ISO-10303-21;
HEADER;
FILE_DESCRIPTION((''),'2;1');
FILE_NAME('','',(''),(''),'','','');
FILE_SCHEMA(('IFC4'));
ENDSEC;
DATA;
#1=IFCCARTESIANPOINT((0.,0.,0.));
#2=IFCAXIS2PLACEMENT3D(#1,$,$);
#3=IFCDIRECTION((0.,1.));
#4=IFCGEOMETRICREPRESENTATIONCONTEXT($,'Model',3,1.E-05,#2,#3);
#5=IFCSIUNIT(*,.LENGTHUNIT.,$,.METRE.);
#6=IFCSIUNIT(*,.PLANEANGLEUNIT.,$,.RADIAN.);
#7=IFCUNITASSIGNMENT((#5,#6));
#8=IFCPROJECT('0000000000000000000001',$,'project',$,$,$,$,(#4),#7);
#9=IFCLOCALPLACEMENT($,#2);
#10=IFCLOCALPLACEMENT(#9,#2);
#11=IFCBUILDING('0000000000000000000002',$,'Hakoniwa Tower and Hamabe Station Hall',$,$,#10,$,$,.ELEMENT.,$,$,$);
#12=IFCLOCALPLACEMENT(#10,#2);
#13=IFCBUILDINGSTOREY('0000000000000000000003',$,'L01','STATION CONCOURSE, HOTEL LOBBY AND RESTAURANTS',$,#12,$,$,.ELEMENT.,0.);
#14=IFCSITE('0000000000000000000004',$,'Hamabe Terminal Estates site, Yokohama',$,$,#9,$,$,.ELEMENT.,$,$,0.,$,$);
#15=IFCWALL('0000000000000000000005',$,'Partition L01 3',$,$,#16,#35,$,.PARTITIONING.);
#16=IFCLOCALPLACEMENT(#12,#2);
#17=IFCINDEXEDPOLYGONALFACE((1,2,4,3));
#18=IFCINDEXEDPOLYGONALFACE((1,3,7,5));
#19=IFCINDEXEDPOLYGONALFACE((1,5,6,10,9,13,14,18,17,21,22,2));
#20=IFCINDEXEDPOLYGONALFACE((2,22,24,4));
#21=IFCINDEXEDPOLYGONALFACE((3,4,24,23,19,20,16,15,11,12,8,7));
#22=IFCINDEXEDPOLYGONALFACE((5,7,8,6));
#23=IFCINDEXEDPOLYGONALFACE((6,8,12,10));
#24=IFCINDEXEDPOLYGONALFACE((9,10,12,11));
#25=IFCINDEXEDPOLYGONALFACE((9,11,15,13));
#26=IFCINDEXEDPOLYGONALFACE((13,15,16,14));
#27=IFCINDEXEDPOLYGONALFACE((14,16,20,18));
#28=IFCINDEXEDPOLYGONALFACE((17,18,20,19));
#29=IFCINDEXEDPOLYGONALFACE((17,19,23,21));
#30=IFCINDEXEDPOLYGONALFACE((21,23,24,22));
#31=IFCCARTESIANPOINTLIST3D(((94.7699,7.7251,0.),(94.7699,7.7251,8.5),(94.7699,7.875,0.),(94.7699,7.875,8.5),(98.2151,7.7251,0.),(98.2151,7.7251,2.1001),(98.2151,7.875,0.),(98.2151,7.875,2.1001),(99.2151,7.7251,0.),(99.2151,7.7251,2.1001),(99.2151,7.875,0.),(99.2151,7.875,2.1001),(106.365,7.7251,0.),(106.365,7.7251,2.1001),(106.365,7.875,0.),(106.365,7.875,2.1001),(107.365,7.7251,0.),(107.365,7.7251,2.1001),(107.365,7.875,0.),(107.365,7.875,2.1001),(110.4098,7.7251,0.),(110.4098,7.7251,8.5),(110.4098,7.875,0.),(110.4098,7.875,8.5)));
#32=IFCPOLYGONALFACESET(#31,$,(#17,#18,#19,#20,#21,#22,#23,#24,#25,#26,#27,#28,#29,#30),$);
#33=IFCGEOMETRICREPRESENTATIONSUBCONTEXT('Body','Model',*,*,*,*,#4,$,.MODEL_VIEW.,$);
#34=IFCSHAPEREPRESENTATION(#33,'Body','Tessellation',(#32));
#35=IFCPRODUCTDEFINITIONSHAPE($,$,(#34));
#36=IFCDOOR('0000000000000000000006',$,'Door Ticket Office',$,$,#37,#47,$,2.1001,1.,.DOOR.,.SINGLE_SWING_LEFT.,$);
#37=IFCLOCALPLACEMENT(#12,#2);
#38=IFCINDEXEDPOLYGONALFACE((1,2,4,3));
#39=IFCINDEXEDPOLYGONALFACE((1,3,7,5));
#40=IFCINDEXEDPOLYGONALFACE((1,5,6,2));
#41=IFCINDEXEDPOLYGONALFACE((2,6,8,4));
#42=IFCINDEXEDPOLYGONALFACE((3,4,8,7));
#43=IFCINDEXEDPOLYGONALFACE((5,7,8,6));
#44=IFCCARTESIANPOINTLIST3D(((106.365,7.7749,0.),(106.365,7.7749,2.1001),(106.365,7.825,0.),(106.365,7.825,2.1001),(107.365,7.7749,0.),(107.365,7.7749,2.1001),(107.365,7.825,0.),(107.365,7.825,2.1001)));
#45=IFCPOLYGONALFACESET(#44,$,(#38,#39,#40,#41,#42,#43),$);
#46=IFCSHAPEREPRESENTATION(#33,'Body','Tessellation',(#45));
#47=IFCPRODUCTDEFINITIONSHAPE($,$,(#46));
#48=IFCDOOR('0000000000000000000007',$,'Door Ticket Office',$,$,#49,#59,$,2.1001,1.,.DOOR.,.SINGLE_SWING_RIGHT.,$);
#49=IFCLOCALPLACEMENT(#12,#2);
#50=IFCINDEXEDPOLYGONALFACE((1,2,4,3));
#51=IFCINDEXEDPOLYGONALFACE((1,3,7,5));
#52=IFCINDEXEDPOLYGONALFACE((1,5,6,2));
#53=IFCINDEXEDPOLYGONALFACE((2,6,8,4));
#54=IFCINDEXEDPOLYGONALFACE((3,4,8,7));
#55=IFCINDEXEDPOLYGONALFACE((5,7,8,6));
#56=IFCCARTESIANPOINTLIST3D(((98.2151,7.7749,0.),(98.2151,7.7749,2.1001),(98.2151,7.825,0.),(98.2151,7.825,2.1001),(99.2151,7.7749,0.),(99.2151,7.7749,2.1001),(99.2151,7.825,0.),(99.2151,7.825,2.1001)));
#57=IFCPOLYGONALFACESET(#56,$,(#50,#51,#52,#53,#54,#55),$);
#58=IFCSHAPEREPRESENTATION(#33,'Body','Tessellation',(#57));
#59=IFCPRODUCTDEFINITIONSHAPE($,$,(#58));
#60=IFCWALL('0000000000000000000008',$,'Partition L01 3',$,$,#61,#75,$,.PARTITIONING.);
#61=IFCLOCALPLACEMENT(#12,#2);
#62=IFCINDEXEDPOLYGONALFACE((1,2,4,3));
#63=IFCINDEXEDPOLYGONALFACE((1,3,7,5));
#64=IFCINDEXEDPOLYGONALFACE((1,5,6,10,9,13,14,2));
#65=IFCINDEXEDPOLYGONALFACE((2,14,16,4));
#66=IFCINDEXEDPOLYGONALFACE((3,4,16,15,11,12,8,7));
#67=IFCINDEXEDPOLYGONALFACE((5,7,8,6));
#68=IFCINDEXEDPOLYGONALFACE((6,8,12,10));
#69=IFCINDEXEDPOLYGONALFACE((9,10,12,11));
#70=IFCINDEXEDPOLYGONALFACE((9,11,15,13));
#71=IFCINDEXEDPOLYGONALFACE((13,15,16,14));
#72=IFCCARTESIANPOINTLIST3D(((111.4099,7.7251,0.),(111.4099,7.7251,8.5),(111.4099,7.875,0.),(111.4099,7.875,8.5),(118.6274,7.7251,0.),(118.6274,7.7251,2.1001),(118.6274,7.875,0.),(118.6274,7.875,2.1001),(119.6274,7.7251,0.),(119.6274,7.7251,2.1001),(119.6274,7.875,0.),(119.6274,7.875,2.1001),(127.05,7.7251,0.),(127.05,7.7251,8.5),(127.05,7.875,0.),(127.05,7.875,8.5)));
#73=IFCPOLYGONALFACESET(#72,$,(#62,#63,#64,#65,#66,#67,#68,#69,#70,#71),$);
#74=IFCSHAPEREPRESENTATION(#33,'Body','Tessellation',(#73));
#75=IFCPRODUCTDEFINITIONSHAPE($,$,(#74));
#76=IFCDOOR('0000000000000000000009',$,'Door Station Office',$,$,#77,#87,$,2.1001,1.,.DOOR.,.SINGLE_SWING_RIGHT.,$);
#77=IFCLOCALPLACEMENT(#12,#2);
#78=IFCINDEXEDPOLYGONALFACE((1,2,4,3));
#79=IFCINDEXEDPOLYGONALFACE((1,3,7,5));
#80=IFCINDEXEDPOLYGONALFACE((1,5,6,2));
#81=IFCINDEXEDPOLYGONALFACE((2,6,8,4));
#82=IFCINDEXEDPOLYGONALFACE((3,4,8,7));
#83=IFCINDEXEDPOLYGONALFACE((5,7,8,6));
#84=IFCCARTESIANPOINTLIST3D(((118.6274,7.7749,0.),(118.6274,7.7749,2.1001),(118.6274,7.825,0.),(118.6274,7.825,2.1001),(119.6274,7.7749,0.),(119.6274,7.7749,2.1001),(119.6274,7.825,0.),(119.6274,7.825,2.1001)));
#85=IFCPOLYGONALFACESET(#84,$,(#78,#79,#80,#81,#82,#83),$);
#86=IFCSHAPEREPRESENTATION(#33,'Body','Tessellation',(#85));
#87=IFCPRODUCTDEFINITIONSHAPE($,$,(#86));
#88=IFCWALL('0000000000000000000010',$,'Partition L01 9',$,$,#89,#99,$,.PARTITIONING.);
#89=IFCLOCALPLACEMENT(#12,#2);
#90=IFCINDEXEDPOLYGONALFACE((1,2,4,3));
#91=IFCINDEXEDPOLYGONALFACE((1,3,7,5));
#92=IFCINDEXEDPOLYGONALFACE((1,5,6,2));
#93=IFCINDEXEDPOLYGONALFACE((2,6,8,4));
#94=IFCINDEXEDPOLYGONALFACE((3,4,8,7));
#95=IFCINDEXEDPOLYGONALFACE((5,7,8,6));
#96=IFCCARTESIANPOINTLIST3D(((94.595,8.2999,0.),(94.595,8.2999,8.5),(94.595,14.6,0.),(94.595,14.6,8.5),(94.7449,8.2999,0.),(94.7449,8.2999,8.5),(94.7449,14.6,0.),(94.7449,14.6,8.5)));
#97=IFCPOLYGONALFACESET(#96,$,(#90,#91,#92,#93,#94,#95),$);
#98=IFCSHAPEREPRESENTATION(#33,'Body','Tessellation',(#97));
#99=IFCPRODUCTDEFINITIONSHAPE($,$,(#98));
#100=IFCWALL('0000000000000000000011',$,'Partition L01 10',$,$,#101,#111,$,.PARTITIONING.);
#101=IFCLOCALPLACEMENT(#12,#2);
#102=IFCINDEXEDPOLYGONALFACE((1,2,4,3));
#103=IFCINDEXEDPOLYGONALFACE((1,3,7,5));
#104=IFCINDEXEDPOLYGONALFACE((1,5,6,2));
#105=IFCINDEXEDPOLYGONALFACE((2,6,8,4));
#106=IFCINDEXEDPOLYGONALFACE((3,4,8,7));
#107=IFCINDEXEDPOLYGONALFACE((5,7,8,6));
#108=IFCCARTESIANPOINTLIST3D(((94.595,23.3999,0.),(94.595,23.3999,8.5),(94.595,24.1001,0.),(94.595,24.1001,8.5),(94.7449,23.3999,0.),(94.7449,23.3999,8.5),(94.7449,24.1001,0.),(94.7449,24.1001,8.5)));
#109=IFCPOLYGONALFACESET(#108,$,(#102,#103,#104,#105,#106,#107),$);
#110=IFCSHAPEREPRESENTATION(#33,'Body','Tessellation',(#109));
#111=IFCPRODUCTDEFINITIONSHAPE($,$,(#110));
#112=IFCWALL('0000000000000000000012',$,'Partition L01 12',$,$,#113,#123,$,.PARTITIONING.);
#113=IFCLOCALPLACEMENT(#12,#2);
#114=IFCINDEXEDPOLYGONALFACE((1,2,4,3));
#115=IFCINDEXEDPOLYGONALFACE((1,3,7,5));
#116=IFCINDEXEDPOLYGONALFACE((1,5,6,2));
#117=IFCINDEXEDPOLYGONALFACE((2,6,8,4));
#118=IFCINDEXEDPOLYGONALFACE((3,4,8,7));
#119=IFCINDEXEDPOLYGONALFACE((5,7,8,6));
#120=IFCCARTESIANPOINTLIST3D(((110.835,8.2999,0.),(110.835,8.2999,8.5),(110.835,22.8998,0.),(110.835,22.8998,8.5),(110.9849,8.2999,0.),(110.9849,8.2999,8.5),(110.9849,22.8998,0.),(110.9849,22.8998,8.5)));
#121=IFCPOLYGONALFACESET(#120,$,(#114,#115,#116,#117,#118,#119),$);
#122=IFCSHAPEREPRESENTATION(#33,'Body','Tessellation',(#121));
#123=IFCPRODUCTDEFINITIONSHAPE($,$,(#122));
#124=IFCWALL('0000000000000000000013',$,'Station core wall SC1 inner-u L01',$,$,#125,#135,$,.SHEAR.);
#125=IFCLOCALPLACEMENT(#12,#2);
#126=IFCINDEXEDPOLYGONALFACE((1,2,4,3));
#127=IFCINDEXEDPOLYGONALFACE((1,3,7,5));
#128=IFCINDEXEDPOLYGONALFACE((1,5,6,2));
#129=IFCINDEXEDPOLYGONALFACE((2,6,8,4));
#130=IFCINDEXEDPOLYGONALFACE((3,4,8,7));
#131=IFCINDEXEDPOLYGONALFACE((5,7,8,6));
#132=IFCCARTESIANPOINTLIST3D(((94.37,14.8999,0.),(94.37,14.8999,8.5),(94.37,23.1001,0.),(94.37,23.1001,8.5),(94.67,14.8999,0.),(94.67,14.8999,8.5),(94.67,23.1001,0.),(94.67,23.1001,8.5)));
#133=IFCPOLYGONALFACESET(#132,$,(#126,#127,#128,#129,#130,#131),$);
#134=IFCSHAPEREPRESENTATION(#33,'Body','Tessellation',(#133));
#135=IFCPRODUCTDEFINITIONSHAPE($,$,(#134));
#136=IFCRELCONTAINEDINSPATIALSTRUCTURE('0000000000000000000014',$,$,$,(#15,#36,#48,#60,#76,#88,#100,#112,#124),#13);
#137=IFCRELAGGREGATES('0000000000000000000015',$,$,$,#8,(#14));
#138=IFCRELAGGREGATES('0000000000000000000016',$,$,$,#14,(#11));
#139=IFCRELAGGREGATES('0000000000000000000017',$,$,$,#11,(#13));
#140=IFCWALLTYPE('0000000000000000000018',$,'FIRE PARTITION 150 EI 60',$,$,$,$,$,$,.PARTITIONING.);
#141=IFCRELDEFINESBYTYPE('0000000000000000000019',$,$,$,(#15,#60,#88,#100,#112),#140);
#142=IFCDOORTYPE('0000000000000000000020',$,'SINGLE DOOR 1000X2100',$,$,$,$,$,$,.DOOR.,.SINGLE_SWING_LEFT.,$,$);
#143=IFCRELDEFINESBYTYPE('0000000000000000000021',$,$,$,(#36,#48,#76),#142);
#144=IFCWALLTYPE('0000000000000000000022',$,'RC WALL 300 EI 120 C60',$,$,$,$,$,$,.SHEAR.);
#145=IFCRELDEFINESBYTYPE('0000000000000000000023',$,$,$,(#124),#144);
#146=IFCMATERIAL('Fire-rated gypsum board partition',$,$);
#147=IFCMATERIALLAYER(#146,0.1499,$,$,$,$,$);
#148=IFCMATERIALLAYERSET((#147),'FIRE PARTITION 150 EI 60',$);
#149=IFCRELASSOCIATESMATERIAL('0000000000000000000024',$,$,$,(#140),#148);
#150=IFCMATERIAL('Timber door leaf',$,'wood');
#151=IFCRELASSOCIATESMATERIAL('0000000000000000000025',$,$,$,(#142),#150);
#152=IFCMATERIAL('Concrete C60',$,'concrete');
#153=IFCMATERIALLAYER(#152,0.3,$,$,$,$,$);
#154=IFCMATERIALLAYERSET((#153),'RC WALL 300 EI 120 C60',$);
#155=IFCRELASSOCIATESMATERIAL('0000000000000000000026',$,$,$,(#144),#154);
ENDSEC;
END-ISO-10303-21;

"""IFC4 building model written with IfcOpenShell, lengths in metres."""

from ifc_helpers import new_model, si_unit, direction, frame, frame_2d, origin, place, context, subcontext, project, spatial, rectangle, extrude, material, layer, layer_set, type_object, element, fill, save


model = new_model("IFC4")

# Units and contexts
model_context = context("Model", 3, precision=1e-05, world=origin(), true_north=direction((0.0, 1.0)))
body_context = subcontext(model_context, "Body", "Model", "MODEL_VIEW")
ifc_project = project(units=[si_unit("LENGTHUNIT", "METRE"), si_unit("PLANEANGLEUNIT", "RADIAN")], contexts=[model_context])

# Site, building, storey
site_placement = place(None, origin())
site = spatial("IfcSite", under=ifc_project, at=site_placement, Name="Hamabe Terminal Estates site, Yokohama", CompositionType="ELEMENT", RefElevation=0.0)
building_placement = place(site_placement, origin())
building = spatial("IfcBuilding", under=site, at=building_placement, Name="Hakoniwa Tower and Hamabe Station Hall", CompositionType="ELEMENT")
storey_placement = place(building_placement, origin())
storey = spatial("IfcBuildingStorey", under=building, at=storey_placement, Name="L01", Description="STATION CONCOURSE, HOTEL LOBBY AND RESTAURANTS", CompositionType="ELEMENT", Elevation=0.0)

# Wall, openings, doors
ifc_material_1 = material(Name="Fire-rated gypsum board partition")
ifc_layer_1 = layer(ifc_material_1, 0.1499)
ifc_layer_set_1 = layer_set([ifc_layer_1], Name="FIRE PARTITION 150 EI 60")
wall_type_1 = type_object("IfcWallType", Name="FIRE PARTITION 150 EI 60", PredefinedType="PARTITIONING", material=ifc_layer_set_1)
wall_1_placement = place(storey_placement, frame((94.77, 7.8, 0.0), z_axis=(0.0, 0.0, 1.0), x_axis=(1.0, 0.0, 0.0)))
wall_1 = element("IfcWall", 1, at=wall_1_placement, inside=storey, type_object=wall_type_1, Name="Partition L01 3", PredefinedType="PARTITIONING", context=body_context, shape_type="SweptSolid", body=[
    extrude(rectangle(XDim=15.6399, YDim=0.1499, at=frame_2d((7.8198, 0.0))), origin(), (0.0, 0.0, 1.0), 8.5),
])
opening_1_placement = place(wall_1_placement, frame((11.595, 0.0, 0.0)))
opening_1 = element("IfcOpeningElement", 2, at=opening_1_placement, cuts=wall_1, PredefinedType="OPENING", context=body_context, shape_type="SweptSolid", body=[
    extrude(rectangle(XDim=1.0, YDim=2.1001, at=frame_2d((0.5, 1.05))), frame((0.0, 0.085, 0.0), z_axis=(0.0, -1.0, 0.0), x_axis=(1.0, 0.0, 0.0)), (0.0, 0.0, 1.0), 0.1699),
])
opening_2_placement = place(wall_1_placement, frame((3.4451, 0.0, 0.0)))
opening_2 = element("IfcOpeningElement", 3, at=opening_2_placement, cuts=wall_1, PredefinedType="OPENING", context=body_context, shape_type="SweptSolid", body=[
    extrude(rectangle(XDim=1.0, YDim=2.1001, at=frame_2d((0.5, 1.05))), frame((0.0, 0.085, 0.0), z_axis=(0.0, -1.0, 0.0), x_axis=(1.0, 0.0, 0.0)), (0.0, 0.0, 1.0), 0.1699),
])
ifc_material_2 = material(Name="Timber door leaf", Category="wood")
door_type = type_object("IfcDoorType", Name="SINGLE DOOR 1000X2100", OperationType="SINGLE_SWING_LEFT", PredefinedType="DOOR", material=ifc_material_2)
door_1_placement = place(opening_1_placement, origin())
door_1 = element("IfcDoor", 4, at=door_1_placement, inside=storey, type_object=door_type, Name="Door Ticket Office", OperationType="SINGLE_SWING_LEFT", OverallHeight=2.1001, OverallWidth=1.0, PredefinedType="DOOR", context=body_context, shape_type="SweptSolid", body=[
    extrude(rectangle(XDim=1.0, YDim=2.1001, at=frame_2d((0.5, 1.05))), frame((0.0, 0.0249, 0.0), z_axis=(0.0, -1.0, 0.0), x_axis=(1.0, 0.0, 0.0)), (0.0, 0.0, 1.0), 0.05),
])
fill(opening_1, door_1)
door_2_placement = place(opening_2_placement, origin())
door_2 = element("IfcDoor", 5, at=door_2_placement, inside=storey, type_object=door_type, Name="Door Ticket Office", OperationType="SINGLE_SWING_RIGHT", OverallHeight=2.1001, OverallWidth=1.0, PredefinedType="DOOR", context=body_context, shape_type="SweptSolid", body=[
    extrude(rectangle(XDim=1.0, YDim=2.1001, at=frame_2d((0.5, 1.05))), frame((0.0, 0.0249, 0.0), z_axis=(0.0, -1.0, 0.0), x_axis=(1.0, 0.0, 0.0)), (0.0, 0.0, 1.0), 0.05),
])
fill(opening_2, door_2)

# Wall, opening, door
wall_2_placement = place(storey_placement, frame((111.4099, 7.8, 0.0), z_axis=(0.0, 0.0, 1.0), x_axis=(1.0, 0.0, 0.0)))
wall_2 = element("IfcWall", 6, at=wall_2_placement, inside=storey, type_object=wall_type_1, Name="Partition L01 3", PredefinedType="PARTITIONING", context=body_context, shape_type="SweptSolid", body=[
    extrude(rectangle(XDim=15.6401, YDim=0.1499, at=frame_2d((7.8201, 0.0))), origin(), (0.0, 0.0, 1.0), 8.5),
])
opening_3_placement = place(wall_2_placement, frame((7.2175, 0.0, 0.0)))
opening_3 = element("IfcOpeningElement", 7, at=opening_3_placement, cuts=wall_2, PredefinedType="OPENING", context=body_context, shape_type="SweptSolid", body=[
    extrude(rectangle(XDim=1.0, YDim=2.1001, at=frame_2d((0.5, 1.05))), frame((0.0, 0.085, 0.0), z_axis=(0.0, -1.0, 0.0), x_axis=(1.0, 0.0, 0.0)), (0.0, 0.0, 1.0), 0.1699),
])
door_3_placement = place(opening_3_placement, origin())
door_3 = element("IfcDoor", 8, at=door_3_placement, inside=storey, type_object=door_type, Name="Door Station Office", OperationType="SINGLE_SWING_RIGHT", OverallHeight=2.1001, OverallWidth=1.0, PredefinedType="DOOR", context=body_context, shape_type="SweptSolid", body=[
    extrude(rectangle(XDim=1.0, YDim=2.1001, at=frame_2d((0.5, 1.05))), frame((0.0, 0.0249, 0.0), z_axis=(0.0, -1.0, 0.0), x_axis=(1.0, 0.0, 0.0)), (0.0, 0.0, 1.0), 0.05),
])
fill(opening_3, door_3)

# Walls
wall_3_placement = place(storey_placement, frame((94.6699, 8.3, 0.0), z_axis=(0.0, 0.0, 1.0), x_axis=(0.0, 1.0, 0.0)))
element("IfcWall", 9, at=wall_3_placement, inside=storey, type_object=wall_type_1, Name="Partition L01 9", PredefinedType="PARTITIONING", context=body_context, shape_type="SweptSolid", body=[
    extrude(rectangle(XDim=6.3, YDim=0.1499, at=frame_2d((3.1499, 0.0))), origin(), (0.0, 0.0, 1.0), 8.5),
])
wall_4_placement = place(storey_placement, frame((94.6699, 23.3999, 0.0), z_axis=(0.0, 0.0, 1.0), x_axis=(0.0, 1.0, 0.0)))
element("IfcWall", 10, at=wall_4_placement, inside=storey, type_object=wall_type_1, Name="Partition L01 10", PredefinedType="PARTITIONING", context=body_context, shape_type="SweptSolid", body=[
    extrude(rectangle(XDim=0.7002, YDim=0.1499, at=frame_2d((0.3501, 0.0))), origin(), (0.0, 0.0, 1.0), 8.5),
])
wall_5_placement = place(storey_placement, frame((110.9099, 8.3, 0.0), z_axis=(0.0, 0.0, 1.0), x_axis=(0.0, 1.0, 0.0)))
element("IfcWall", 11, at=wall_5_placement, inside=storey, type_object=wall_type_1, Name="Partition L01 12", PredefinedType="PARTITIONING", context=body_context, shape_type="SweptSolid", body=[
    extrude(rectangle(XDim=14.5999, YDim=0.1499, at=frame_2d((7.2998, 0.0))), origin(), (0.0, 0.0, 1.0), 8.5),
])
ifc_material_3 = material(Name="Concrete C60", Category="concrete")
ifc_layer_2 = layer(ifc_material_3, 0.3)
ifc_layer_set_2 = layer_set([ifc_layer_2], Name="RC WALL 300 EI 120 C60")
wall_type_2 = type_object("IfcWallType", Name="RC WALL 300 EI 120 C60", PredefinedType="SHEAR", material=ifc_layer_set_2)
wall_6_placement = place(storey_placement, frame((94.52, 23.1001, 0.0), z_axis=(0.0, 0.0, 1.0), x_axis=(0.0, -1.0, 0.0)))
element("IfcWall", 12, at=wall_6_placement, inside=storey, type_object=wall_type_2, Name="Station core wall SC1 inner-u L01", PredefinedType="SHEAR", context=body_context, shape_type="SweptSolid", body=[
    extrude(rectangle(XDim=8.2002, YDim=0.3, at=frame_2d((4.1001, 0.0))), origin(), (0.0, 0.0, 1.0), 8.5),
])

save(model, "model.ifc")
